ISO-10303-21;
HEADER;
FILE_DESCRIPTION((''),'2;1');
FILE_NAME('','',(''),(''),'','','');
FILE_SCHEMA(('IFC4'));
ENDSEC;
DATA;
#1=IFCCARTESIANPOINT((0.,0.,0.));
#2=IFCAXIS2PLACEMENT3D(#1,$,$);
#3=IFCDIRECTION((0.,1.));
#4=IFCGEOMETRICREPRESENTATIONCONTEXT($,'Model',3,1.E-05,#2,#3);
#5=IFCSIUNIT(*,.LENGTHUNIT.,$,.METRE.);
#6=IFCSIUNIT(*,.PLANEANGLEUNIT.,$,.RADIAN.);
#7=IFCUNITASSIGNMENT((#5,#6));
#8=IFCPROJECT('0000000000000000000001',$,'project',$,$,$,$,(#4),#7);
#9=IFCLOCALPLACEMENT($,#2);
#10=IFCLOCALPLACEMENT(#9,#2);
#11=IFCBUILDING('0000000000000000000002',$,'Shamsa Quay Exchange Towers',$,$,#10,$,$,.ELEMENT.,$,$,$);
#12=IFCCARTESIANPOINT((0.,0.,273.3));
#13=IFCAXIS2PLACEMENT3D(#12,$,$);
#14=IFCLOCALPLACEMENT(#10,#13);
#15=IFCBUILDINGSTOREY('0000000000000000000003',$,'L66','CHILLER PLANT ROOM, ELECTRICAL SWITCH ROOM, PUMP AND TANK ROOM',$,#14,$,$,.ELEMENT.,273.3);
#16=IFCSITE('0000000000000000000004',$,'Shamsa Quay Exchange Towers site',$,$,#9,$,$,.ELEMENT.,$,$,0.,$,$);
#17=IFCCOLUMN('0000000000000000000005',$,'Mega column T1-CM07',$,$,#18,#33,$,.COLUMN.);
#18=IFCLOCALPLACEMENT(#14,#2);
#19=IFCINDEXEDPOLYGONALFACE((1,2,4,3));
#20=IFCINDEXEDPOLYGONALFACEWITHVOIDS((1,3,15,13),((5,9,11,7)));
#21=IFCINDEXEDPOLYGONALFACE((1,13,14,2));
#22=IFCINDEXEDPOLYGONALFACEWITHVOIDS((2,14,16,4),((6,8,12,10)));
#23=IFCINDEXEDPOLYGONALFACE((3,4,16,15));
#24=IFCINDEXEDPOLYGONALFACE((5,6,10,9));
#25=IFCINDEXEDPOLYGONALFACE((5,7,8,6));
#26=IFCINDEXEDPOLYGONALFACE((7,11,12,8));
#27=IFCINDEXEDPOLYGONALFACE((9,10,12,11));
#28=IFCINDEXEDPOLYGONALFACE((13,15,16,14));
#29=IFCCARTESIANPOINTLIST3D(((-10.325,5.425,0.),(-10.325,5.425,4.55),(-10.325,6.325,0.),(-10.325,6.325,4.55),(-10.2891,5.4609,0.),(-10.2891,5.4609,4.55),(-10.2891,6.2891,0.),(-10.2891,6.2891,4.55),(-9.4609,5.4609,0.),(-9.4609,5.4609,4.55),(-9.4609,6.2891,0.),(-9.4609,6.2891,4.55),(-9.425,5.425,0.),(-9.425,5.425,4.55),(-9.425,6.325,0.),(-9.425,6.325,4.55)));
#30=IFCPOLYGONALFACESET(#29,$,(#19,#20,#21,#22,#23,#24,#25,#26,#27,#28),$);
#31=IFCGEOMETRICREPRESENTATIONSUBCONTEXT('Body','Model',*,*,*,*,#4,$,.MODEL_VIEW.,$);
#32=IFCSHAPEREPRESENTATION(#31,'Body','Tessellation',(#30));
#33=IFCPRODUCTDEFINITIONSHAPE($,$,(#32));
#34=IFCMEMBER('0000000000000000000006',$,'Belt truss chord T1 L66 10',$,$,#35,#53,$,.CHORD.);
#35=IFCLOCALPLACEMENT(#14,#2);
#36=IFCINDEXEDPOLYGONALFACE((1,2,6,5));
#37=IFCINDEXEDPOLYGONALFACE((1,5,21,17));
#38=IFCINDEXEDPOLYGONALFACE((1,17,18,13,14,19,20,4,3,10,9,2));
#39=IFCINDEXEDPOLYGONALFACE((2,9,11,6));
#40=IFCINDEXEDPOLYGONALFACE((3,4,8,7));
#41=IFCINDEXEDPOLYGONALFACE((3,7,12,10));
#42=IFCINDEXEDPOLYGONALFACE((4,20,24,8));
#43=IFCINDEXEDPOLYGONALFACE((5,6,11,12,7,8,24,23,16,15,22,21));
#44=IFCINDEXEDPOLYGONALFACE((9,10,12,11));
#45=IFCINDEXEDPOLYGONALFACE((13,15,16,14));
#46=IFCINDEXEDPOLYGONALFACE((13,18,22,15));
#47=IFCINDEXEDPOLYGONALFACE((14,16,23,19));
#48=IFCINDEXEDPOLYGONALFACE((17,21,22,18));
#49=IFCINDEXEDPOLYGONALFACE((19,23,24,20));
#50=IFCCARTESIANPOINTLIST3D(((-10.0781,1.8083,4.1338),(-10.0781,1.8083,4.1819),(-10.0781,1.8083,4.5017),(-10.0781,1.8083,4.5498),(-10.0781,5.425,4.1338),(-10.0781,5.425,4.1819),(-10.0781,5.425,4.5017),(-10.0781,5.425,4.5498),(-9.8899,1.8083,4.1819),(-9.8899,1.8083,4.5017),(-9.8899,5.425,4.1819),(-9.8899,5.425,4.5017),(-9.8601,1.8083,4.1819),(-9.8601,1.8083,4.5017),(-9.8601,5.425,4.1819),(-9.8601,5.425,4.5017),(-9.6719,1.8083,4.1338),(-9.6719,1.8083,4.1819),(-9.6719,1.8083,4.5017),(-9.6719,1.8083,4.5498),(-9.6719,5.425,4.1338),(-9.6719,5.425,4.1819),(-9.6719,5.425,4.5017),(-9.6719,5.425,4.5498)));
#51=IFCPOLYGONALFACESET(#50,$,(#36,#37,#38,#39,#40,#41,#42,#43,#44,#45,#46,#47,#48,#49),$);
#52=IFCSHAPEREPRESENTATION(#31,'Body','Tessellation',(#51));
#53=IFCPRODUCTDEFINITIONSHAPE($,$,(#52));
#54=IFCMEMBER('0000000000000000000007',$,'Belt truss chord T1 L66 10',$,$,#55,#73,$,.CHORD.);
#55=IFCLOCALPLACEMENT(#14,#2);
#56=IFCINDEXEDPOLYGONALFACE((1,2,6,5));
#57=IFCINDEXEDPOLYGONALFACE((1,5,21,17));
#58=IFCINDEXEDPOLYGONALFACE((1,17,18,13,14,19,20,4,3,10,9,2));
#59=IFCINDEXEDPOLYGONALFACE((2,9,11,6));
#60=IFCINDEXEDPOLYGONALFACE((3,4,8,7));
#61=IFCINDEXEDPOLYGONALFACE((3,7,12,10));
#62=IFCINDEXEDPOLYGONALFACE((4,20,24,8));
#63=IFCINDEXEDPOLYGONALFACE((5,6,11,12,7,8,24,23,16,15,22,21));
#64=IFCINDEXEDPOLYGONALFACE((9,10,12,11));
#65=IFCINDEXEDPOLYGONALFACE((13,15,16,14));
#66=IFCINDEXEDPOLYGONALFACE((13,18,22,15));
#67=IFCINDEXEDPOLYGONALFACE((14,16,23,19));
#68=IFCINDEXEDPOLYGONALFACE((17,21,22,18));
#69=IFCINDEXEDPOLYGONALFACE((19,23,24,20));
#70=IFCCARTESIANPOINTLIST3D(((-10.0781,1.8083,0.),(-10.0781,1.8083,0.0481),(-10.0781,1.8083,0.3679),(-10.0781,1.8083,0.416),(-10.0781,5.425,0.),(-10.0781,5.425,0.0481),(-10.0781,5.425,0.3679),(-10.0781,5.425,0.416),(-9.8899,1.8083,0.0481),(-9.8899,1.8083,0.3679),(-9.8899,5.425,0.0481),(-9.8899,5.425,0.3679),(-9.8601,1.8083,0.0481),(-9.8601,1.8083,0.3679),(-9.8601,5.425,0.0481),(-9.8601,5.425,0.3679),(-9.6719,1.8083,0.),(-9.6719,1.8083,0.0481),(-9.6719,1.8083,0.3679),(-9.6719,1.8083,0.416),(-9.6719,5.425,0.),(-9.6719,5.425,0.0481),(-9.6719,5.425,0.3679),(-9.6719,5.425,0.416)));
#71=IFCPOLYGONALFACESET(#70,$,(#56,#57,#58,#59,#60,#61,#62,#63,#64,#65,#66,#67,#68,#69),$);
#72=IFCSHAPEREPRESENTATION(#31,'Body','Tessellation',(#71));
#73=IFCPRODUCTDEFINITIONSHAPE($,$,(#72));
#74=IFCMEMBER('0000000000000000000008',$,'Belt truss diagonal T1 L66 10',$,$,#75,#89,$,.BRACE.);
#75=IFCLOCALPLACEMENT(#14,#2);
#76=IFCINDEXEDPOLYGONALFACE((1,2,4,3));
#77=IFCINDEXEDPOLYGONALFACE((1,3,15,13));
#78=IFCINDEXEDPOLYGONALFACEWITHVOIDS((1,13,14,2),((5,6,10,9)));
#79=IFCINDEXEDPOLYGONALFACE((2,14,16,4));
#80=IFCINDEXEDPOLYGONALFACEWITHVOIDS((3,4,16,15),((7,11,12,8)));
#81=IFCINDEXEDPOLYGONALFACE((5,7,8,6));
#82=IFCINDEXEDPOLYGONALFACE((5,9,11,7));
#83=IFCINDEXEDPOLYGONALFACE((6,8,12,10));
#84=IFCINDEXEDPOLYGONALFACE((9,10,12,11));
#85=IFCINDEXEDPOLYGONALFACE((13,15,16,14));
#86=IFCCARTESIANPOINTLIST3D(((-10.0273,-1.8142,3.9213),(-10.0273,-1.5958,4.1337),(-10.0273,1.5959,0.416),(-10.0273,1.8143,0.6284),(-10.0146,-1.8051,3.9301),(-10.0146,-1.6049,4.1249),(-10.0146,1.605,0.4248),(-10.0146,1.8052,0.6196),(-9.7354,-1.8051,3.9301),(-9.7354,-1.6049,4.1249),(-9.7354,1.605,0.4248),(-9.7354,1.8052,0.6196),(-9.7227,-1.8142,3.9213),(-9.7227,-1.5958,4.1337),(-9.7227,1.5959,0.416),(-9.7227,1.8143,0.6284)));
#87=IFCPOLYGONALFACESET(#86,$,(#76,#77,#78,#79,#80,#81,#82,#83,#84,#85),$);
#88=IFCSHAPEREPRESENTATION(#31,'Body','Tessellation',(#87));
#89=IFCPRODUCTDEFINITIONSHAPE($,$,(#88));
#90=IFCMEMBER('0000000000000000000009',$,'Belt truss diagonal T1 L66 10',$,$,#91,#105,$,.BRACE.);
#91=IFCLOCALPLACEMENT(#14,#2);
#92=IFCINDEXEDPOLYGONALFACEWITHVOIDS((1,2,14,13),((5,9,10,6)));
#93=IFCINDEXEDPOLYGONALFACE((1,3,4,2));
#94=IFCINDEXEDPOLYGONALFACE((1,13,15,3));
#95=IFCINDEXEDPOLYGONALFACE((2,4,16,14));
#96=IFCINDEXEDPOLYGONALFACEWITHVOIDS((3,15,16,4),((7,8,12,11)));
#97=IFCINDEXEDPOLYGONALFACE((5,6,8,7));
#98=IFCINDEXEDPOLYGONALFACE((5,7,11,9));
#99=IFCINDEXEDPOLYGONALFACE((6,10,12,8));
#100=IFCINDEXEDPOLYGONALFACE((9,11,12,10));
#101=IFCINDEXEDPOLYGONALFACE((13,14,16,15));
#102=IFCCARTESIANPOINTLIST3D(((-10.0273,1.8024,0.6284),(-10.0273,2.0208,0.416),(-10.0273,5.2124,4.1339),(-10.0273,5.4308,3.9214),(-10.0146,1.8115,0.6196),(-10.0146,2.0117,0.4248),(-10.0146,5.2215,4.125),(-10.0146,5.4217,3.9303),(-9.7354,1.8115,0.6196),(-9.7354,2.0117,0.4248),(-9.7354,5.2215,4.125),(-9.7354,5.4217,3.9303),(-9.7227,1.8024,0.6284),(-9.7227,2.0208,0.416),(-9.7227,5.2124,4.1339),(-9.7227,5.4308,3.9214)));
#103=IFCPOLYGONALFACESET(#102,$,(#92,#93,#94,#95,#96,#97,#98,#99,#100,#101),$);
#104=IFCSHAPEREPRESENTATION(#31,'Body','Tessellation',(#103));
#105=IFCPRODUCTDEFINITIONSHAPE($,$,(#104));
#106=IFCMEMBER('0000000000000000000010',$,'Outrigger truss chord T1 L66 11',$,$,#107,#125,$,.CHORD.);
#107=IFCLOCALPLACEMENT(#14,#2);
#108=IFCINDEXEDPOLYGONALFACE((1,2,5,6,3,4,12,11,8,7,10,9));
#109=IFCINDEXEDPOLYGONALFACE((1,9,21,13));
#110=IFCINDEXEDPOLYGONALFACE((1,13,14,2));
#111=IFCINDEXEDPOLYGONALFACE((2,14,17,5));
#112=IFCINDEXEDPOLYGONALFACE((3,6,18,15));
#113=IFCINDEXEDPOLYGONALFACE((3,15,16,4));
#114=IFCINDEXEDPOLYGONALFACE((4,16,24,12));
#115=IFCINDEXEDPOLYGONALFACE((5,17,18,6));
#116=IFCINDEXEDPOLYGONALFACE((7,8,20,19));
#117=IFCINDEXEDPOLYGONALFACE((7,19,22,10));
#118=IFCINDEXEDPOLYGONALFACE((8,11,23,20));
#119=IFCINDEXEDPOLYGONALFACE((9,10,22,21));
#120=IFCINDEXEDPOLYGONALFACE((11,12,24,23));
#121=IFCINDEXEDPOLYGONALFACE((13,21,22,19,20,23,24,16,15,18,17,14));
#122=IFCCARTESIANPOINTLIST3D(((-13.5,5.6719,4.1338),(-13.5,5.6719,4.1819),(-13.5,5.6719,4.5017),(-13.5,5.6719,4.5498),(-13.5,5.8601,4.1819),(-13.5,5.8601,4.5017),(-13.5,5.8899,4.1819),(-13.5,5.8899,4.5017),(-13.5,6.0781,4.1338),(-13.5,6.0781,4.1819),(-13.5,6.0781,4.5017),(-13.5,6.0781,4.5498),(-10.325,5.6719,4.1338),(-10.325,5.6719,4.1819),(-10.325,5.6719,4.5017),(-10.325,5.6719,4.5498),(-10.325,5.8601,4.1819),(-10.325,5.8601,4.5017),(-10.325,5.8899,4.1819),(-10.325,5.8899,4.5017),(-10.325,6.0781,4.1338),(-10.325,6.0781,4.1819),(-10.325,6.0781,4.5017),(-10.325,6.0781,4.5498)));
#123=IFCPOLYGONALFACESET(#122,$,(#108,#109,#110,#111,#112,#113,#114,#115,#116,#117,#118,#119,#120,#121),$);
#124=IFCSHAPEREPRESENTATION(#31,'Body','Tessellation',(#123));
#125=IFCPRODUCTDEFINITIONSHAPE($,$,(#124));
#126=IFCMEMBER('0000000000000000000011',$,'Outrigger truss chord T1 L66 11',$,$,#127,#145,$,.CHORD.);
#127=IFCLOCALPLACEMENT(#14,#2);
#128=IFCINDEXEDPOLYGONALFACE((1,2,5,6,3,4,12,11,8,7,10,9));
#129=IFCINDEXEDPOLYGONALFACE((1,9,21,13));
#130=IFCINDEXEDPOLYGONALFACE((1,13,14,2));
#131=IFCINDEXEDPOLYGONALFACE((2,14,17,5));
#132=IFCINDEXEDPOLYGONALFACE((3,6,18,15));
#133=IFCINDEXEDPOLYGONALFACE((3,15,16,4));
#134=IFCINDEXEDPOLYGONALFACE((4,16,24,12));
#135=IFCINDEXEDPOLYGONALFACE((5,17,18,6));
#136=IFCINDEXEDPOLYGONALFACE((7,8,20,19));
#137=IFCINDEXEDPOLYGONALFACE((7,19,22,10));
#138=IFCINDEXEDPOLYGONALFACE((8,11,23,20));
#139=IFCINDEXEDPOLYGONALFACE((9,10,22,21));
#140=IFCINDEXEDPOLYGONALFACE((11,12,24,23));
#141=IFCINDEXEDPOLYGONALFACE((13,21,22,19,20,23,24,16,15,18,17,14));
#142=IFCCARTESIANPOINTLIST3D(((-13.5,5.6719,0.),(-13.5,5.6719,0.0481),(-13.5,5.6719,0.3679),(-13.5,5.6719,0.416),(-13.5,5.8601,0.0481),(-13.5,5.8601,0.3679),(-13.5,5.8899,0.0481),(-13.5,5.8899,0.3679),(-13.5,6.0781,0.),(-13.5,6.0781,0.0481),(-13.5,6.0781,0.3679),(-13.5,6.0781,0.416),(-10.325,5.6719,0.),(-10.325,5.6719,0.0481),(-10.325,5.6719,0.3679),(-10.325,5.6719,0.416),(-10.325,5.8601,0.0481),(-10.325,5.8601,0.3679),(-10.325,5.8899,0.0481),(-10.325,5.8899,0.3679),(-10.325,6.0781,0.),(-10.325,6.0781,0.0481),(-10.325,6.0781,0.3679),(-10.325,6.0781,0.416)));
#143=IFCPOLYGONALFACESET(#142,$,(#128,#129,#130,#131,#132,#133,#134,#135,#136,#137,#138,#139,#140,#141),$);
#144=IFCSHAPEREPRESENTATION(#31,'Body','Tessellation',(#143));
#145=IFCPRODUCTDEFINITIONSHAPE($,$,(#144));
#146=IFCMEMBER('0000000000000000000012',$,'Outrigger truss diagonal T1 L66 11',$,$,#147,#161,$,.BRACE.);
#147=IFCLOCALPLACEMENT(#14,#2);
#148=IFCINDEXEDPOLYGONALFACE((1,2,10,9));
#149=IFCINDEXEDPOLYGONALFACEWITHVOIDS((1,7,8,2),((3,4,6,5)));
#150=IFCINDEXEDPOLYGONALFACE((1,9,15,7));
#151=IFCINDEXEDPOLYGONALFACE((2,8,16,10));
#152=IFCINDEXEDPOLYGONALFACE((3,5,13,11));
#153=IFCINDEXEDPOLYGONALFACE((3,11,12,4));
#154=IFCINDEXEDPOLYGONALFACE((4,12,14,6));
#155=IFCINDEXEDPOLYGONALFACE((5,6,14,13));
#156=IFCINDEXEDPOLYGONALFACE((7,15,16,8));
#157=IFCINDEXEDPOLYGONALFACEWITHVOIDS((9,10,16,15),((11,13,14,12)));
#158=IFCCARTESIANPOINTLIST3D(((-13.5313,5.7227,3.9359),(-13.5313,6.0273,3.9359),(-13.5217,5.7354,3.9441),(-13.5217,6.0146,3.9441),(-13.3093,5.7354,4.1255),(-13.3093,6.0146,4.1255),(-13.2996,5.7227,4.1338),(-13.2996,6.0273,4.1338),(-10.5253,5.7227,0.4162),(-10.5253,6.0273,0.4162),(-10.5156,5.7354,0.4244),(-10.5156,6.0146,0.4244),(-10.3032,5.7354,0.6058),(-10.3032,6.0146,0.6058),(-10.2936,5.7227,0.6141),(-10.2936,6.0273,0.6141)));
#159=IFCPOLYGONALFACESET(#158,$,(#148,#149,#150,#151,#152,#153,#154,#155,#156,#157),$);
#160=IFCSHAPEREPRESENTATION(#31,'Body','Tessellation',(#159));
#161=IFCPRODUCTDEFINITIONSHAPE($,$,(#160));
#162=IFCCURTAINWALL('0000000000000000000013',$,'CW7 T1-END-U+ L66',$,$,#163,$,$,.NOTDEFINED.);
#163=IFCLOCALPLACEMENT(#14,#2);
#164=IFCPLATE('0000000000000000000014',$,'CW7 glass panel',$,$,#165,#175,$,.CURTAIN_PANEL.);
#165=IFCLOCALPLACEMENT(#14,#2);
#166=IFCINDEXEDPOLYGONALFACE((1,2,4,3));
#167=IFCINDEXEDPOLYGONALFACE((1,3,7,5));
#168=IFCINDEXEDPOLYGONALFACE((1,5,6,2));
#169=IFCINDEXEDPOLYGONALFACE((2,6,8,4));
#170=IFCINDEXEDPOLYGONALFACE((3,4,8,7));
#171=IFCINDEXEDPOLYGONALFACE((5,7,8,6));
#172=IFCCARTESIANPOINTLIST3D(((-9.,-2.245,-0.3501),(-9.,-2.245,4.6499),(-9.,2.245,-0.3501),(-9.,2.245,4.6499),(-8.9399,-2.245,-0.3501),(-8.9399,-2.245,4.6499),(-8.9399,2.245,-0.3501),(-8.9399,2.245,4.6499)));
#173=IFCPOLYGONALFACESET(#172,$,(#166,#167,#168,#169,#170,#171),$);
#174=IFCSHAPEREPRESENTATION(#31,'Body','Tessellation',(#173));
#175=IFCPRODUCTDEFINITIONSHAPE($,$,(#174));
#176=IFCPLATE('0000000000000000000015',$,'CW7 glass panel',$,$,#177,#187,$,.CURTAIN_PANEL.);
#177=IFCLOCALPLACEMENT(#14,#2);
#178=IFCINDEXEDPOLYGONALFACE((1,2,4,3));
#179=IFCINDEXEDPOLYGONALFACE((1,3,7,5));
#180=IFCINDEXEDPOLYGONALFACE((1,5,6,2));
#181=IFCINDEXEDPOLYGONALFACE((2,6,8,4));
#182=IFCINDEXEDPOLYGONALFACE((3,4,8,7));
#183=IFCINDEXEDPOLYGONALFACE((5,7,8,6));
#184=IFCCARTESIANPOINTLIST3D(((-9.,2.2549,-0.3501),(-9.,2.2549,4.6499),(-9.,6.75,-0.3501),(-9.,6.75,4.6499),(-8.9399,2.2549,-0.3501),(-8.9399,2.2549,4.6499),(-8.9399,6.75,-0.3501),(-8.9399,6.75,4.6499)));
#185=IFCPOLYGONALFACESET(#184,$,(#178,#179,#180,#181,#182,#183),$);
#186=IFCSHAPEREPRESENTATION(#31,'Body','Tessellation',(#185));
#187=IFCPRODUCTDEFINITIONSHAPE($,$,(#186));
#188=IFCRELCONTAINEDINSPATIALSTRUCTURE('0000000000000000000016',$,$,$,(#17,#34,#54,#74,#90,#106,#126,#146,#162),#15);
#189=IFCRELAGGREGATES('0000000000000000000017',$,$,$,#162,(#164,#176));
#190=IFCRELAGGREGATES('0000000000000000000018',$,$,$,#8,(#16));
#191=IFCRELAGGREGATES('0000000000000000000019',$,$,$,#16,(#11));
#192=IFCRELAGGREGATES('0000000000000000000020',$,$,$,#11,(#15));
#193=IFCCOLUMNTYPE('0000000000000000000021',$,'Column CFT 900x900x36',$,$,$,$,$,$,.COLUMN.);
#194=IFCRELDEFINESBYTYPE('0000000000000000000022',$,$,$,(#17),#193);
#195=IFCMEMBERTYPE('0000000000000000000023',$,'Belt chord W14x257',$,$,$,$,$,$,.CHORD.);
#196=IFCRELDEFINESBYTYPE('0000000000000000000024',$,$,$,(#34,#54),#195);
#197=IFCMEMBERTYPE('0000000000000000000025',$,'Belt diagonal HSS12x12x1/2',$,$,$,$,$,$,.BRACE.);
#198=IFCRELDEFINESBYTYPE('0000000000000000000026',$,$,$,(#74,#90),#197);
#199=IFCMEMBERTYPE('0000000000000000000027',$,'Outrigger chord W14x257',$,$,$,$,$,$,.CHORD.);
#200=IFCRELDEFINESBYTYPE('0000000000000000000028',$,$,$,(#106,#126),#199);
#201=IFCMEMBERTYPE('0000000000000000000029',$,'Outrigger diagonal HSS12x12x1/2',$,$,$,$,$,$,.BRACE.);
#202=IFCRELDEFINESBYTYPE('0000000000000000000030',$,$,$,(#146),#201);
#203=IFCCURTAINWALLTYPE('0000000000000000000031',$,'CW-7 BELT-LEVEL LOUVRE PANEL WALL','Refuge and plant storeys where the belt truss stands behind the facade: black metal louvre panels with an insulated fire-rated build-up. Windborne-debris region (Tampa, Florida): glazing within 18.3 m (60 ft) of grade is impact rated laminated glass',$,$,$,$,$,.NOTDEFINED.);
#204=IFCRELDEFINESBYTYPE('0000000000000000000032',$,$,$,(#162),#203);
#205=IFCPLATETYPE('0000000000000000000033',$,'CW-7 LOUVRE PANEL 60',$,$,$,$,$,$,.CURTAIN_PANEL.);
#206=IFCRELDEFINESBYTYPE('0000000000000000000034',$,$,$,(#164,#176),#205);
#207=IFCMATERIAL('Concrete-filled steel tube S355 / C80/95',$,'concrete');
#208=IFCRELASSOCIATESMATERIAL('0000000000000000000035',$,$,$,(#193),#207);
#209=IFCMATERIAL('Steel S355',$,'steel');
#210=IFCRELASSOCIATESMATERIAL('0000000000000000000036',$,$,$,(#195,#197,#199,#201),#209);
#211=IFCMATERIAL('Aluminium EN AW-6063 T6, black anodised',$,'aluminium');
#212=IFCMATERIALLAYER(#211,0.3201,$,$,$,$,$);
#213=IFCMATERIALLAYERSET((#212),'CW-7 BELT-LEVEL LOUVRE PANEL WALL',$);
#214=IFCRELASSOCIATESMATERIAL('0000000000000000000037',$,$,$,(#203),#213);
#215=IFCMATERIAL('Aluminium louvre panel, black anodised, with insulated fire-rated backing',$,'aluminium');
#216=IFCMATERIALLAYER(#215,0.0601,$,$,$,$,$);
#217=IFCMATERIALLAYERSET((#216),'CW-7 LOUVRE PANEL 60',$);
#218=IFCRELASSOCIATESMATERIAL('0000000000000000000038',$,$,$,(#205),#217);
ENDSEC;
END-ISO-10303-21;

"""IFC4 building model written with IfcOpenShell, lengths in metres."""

from ifc_helpers import new_model, si_unit, direction, frame, origin, origin_2d, place, context, subcontext, project, spatial, rectangle, hollow_rectangle, i_section, extrude, material, layer, layer_set, material_profile, profile_set, type_object, element, aggregate, save


model = new_model("IFC4")

# Units and contexts
model_context = context("Model", 3, precision=1e-05, world=origin(), true_north=direction((0.0, 1.0)))
body_context = subcontext(model_context, "Body", "Model", "MODEL_VIEW")
ifc_project = project(units=[si_unit("LENGTHUNIT", "METRE"), si_unit("PLANEANGLEUNIT", "RADIAN")], contexts=[model_context])

# Site, building, storey
site_placement = place(None, origin())
site = spatial("IfcSite", under=ifc_project, at=site_placement, Name="Shamsa Quay Exchange Towers site", CompositionType="ELEMENT", RefElevation=0.0)
building_placement = place(site_placement, origin())
building = spatial("IfcBuilding", under=site, at=building_placement, Name="Shamsa Quay Exchange Towers", CompositionType="ELEMENT")
storey_placement = place(building_placement, frame((0.0, 0.0, 273.3)))
storey = spatial("IfcBuildingStorey", under=building, at=storey_placement, Name="L66", Description="CHILLER PLANT ROOM, ELECTRICAL SWITCH ROOM, PUMP AND TANK ROOM", CompositionType="ELEMENT", Elevation=273.3)

# Column
ifc_material_1 = material(Name="Concrete-filled steel tube S355 / C80/95", Category="concrete")
ifc_material_profile_1 = material_profile(ifc_material_1, hollow_rectangle(XDim=0.8999, YDim=0.8999, WallThickness=0.0359, at=origin_2d()), Name="CFT 900x900x36")
ifc_profile_set_1 = profile_set([ifc_material_profile_1], Name="Concrete-filled steel tube S355 / C80/95")
column_type = type_object("IfcColumnType", Name="Column CFT 900x900x36", PredefinedType="COLUMN", material=ifc_profile_set_1)
column_placement = place(storey_placement, frame((-9.875, 5.875, 0.0)))
element("IfcColumn", 1, at=column_placement, inside=storey, type_object=column_type, Name="Mega column T1-CM07", PredefinedType="COLUMN", context=body_context, shape_type="SweptSolid", body=[
    extrude(hollow_rectangle(XDim=0.8999, YDim=0.8999, WallThickness=0.0359, at=origin_2d()), origin(), (0.0, 0.0, 1.0), 4.55),
])

# Members
ifc_material_2 = material(Name="Steel S355", Category="steel")
ifc_material_profile_2 = material_profile(ifc_material_2, i_section(OverallWidth=0.4062, OverallDepth=0.416, WebThickness=0.0298, FlangeThickness=0.0481, at=origin_2d()), Name="W14x257")
ifc_profile_set_2 = profile_set([ifc_material_profile_2], Name="Steel S355")
member_type_1 = type_object("IfcMemberType", Name="Belt chord W14x257", PredefinedType="CHORD", material=ifc_profile_set_2)
for number, where, z_axis, x_axis, name in (
    (2, (-9.875, 1.8083, 4.3418), (0.0, 1.0, 0.0), (-1.0, 0.0, 0.0), "Belt truss chord T1 L66 10"),
    (3, (-9.875, 1.8083, 0.208), (0.0, 1.0, 0.0), (-1.0, 0.0, 0.0), "Belt truss chord T1 L66 10"),
):
    element("IfcMember", number, at=place(storey_placement, frame(where, z_axis=z_axis, x_axis=x_axis)), inside=storey, type_object=member_type_1, Name=name, PredefinedType="CHORD", context=body_context, shape_type="SweptSolid", body=[
        extrude(i_section(OverallWidth=0.4062, OverallDepth=0.416, WebThickness=0.0298, FlangeThickness=0.0481, at=origin_2d()), origin(), (0.0, 0.0, 1.0), 3.6167),
    ])
ifc_material_profile_3 = material_profile(ifc_material_2, hollow_rectangle(XDim=0.3047, YDim=0.3047, WallThickness=0.0127, at=origin_2d()), Name="HSS12x12x1/2")
ifc_profile_set_3 = profile_set([ifc_material_profile_3], Name="Steel S355")
member_type_2 = type_object("IfcMemberType", Name="Belt diagonal HSS12x12x1/2", PredefinedType="BRACE", material=ifc_profile_set_3)
for number, where, z_axis, x_axis, name in (
    (4, (-9.875, 1.7051, 0.5222), (0.0, -0.697305, 0.716774), (1.0, 0.0, 0.0), "Belt truss diagonal T1 L66 10"),
    (5, (-9.875, 1.9116, 0.5222), (0.0, 0.697279, 0.716799), (-1.0, 0.0, 0.0), "Belt truss diagonal T1 L66 10"),
):
    element("IfcMember", number, at=place(storey_placement, frame(where, z_axis=z_axis, x_axis=x_axis)), inside=storey, type_object=member_type_2, Name=name, PredefinedType="BRACE", context=body_context, shape_type="SweptSolid", body=[
        extrude(hollow_rectangle(XDim=0.3047, YDim=0.3047, WallThickness=0.0127, at=origin_2d()), origin(), (0.0, 0.0, 1.0), 4.8904),
    ])
ifc_material_profile_4 = material_profile(ifc_material_2, i_section(OverallWidth=0.4062, OverallDepth=0.416, WebThickness=0.0298, FlangeThickness=0.0481, at=origin_2d()), Name="W14x257")
ifc_profile_set_4 = profile_set([ifc_material_profile_4], Name="Steel S355")
member_type_3 = type_object("IfcMemberType", Name="Outrigger chord W14x257", PredefinedType="CHORD", material=ifc_profile_set_4)
for number, where, z_axis, x_axis, name in (
    (6, (-10.325, 5.875, 4.3418), (-1.0, 0.0, 0.0), (0.0, -1.0, 0.0), "Outrigger truss chord T1 L66 11"),
    (7, (-10.325, 5.875, 0.208), (-1.0, 0.0, 0.0), (0.0, -1.0, 0.0), "Outrigger truss chord T1 L66 11"),
):
    element("IfcMember", number, at=place(storey_placement, frame(where, z_axis=z_axis, x_axis=x_axis)), inside=storey, type_object=member_type_3, Name=name, PredefinedType="CHORD", context=body_context, shape_type="SweptSolid", body=[
        extrude(i_section(OverallWidth=0.4062, OverallDepth=0.416, WebThickness=0.0298, FlangeThickness=0.0481, at=origin_2d()), origin(), (0.0, 0.0, 1.0), 3.175),
    ])
ifc_material_profile_5 = material_profile(ifc_material_2, hollow_rectangle(XDim=0.3047, YDim=0.3047, WallThickness=0.0127, at=origin_2d()), Name="HSS12x12x1/2")
ifc_profile_set_5 = profile_set([ifc_material_profile_5], Name="Steel S355")
member_type_4 = type_object("IfcMemberType", Name="Outrigger diagonal HSS12x12x1/2", PredefinedType="BRACE", material=ifc_profile_set_5)
member_placement = place(storey_placement, frame((-10.4094, 5.875, 0.5151), z_axis=(-0.649439, 0.0, 0.760413), x_axis=(0.0, -1.0, 0.0)))
element("IfcMember", 8, at=member_placement, inside=storey, type_object=member_type_4, Name="Outrigger truss diagonal T1 L66 11", PredefinedType="BRACE", context=body_context, shape_type="SweptSolid", body=[
    extrude(hollow_rectangle(XDim=0.3047, YDim=0.3047, WallThickness=0.0127, at=origin_2d()), origin(), (0.0, 0.0, 1.0), 4.6287),
])

# Curtain wall, plates
ifc_material_3 = material(Name="Aluminium EN AW-6063 T6, black anodised", Category="aluminium")
ifc_layer_1 = layer(ifc_material_3, 0.3201)
ifc_layer_set_1 = layer_set([ifc_layer_1], Name="CW-7 BELT-LEVEL LOUVRE PANEL WALL")
curtain_wall_type = type_object("IfcCurtainWallType", Name="CW-7 BELT-LEVEL LOUVRE PANEL WALL", Description="Refuge and plant storeys where the belt truss stands behind the facade: black metal louvre panels with an insulated fire-rated build-up. Windborne-debris region (Tampa, Florida): glazing within 18.3 m (60 ft) of grade is impact rated laminated glass", PredefinedType="NOTDEFINED", material=ifc_layer_set_1)
curtain_wall_placement = place(storey_placement, origin())
curtain_wall = element("IfcCurtainWall", 9, at=curtain_wall_placement, inside=storey, type_object=curtain_wall_type, Name="CW7 T1-END-U+ L66", PredefinedType="NOTDEFINED")
ifc_material_4 = material(Name="Aluminium louvre panel, black anodised, with insulated fire-rated backing", Category="aluminium")
ifc_layer_2 = layer(ifc_material_4, 0.0601)
ifc_layer_set_2 = layer_set([ifc_layer_2], Name="CW-7 LOUVRE PANEL 60")
plate_type = type_object("IfcPlateType", Name="CW-7 LOUVRE PANEL 60", PredefinedType="CURTAIN_PANEL", material=ifc_layer_set_2)
plate_1_placement = place(storey_placement, frame((-8.97, 0.0, -0.3501), z_axis=(0.0, 0.0, 1.0), x_axis=(0.0, 1.0, 0.0)))
plate_1 = element("IfcPlate", 10, at=plate_1_placement, type_object=plate_type, Name="CW7 glass panel", PredefinedType="CURTAIN_PANEL", context=body_context, shape_type="SweptSolid", body=[
    extrude(rectangle(XDim=4.49, YDim=0.0601, at=origin_2d()), origin(), (0.0, 0.0, 1.0), 5.0),
])
plate_2_placement = place(storey_placement, frame((-8.97, 4.5024, -0.3501), z_axis=(0.0, 0.0, 1.0), x_axis=(0.0, 1.0, 0.0)))
plate_2 = element("IfcPlate", 11, at=plate_2_placement, type_object=plate_type, Name="CW7 glass panel", PredefinedType="CURTAIN_PANEL", context=body_context, shape_type="SweptSolid", body=[
    extrude(rectangle(XDim=4.4951, YDim=0.0601, at=origin_2d()), origin(), (0.0, 0.0, 1.0), 5.0),
])
aggregate(curtain_wall, [plate_1, plate_2])

save(model, "model.ifc")
